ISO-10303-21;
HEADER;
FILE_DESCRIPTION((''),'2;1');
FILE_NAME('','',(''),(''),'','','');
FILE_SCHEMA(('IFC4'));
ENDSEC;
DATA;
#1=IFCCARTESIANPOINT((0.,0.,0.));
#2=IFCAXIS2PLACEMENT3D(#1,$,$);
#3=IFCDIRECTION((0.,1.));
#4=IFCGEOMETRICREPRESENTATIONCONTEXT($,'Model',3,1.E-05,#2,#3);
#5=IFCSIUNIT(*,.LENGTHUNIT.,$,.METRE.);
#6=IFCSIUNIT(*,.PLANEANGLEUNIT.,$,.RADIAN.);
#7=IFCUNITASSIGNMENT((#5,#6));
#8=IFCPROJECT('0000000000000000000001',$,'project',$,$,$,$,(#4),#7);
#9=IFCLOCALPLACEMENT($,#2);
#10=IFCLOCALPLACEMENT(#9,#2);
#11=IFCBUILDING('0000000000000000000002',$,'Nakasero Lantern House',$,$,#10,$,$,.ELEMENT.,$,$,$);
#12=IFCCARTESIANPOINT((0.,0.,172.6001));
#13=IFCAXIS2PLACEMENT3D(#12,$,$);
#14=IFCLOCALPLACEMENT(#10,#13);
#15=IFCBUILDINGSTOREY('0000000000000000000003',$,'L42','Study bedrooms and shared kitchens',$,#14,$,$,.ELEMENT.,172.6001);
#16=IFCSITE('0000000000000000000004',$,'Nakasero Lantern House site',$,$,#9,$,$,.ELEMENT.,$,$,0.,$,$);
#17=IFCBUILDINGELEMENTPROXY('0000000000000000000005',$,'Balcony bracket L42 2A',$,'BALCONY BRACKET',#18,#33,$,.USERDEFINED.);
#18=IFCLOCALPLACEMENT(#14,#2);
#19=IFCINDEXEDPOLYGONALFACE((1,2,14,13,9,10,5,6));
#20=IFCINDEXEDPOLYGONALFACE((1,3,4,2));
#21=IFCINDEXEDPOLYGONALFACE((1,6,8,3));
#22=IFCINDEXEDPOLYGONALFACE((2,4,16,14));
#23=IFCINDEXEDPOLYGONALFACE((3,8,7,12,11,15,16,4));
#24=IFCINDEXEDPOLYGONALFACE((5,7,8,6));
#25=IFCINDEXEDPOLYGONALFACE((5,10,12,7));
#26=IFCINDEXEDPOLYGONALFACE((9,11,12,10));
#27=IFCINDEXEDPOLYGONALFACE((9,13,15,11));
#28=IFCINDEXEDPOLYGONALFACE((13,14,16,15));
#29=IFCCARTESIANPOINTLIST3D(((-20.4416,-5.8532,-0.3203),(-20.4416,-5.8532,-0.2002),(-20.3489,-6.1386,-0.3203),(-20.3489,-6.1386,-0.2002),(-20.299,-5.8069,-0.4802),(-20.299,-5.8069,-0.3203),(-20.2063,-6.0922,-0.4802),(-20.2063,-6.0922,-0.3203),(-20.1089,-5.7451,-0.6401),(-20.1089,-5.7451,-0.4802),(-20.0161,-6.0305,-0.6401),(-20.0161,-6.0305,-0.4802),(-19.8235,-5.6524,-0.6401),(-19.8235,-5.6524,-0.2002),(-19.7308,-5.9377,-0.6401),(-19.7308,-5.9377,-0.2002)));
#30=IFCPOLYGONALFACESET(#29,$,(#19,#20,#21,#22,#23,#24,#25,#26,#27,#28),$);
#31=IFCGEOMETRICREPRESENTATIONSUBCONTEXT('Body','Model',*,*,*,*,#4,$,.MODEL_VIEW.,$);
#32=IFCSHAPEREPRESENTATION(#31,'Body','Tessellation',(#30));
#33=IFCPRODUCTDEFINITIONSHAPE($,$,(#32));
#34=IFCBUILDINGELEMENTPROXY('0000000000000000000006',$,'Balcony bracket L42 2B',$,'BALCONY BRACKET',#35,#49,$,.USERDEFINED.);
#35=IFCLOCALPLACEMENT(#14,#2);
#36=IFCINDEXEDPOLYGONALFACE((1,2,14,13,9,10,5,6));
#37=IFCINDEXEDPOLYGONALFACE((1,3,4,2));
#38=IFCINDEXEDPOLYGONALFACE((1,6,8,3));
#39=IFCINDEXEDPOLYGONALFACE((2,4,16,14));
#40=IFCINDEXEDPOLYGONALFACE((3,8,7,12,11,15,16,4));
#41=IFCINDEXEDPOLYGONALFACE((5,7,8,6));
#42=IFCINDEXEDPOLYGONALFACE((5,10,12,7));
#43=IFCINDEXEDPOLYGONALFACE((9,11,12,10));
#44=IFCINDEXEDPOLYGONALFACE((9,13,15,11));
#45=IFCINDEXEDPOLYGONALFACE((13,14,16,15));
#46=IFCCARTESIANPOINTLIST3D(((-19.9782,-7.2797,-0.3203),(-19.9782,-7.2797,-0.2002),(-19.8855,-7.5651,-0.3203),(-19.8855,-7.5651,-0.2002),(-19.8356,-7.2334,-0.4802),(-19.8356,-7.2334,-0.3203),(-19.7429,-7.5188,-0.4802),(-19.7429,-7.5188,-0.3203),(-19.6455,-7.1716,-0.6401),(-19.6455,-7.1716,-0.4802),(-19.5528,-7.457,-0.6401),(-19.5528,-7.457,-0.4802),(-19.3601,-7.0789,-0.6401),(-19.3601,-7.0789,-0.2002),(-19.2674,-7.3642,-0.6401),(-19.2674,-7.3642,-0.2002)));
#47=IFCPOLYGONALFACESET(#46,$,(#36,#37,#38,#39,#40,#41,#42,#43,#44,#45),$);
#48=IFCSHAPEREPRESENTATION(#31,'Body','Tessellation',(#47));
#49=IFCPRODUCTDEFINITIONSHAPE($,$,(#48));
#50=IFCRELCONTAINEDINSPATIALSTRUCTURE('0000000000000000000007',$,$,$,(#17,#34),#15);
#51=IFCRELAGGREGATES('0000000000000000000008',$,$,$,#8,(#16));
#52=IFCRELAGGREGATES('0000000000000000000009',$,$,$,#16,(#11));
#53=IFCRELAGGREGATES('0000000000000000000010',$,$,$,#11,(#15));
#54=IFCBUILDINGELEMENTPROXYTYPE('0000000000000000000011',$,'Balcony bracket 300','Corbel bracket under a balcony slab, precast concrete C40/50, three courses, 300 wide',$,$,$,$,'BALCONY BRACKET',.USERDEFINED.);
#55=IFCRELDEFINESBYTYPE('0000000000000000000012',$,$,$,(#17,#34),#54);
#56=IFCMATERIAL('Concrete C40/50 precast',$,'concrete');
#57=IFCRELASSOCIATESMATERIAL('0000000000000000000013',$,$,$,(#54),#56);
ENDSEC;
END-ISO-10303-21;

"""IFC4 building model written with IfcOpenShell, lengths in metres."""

from ifc_helpers import new_model, si_unit, direction, frame, origin, place, context, subcontext, project, spatial, polyline, outline, extrude, material, type_object, element, save


model = new_model("IFC4")

# Units and contexts
model_context = context("Model", 3, precision=1e-05, world=origin(), true_north=direction((0.0, 1.0)))
body_context = subcontext(model_context, "Body", "Model", "MODEL_VIEW")
ifc_project = project(units=[si_unit("LENGTHUNIT", "METRE"), si_unit("PLANEANGLEUNIT", "RADIAN")], contexts=[model_context])

# Site, building, storey
site_placement = place(None, origin())
site = spatial("IfcSite", under=ifc_project, at=site_placement, Name="Nakasero Lantern House site", CompositionType="ELEMENT", RefElevation=0.0)
building_placement = place(site_placement, origin())
building = spatial("IfcBuilding", under=site, at=building_placement, Name="Nakasero Lantern House", CompositionType="ELEMENT")
storey_placement = place(building_placement, frame((0.0, 0.0, 172.6001)))
storey = spatial("IfcBuildingStorey", under=building, at=storey_placement, Name="L42", Description="Study bedrooms and shared kitchens", CompositionType="ELEMENT", Elevation=172.6001)

# Building element proxies
ifc_material_1 = material(Name="Concrete C40/50 precast", Category="concrete")
building_element_proxy_type = type_object("IfcBuildingElementProxyType", Name="Balcony bracket 300", Description="Corbel bracket under a balcony slab, precast concrete C40/50, three courses, 300 wide", ElementType="BALCONY BRACKET", PredefinedType="USERDEFINED", material=ifc_material_1)
for number, where, z_axis, x_axis, name in (
    (1, (-19.7771, -5.7952, -0.2002), (0.0, 0.0, 1.0), (-0.951057, -0.309017, 0.0), "Balcony bracket L42 2A"),
    (2, (-19.3137, -7.2217, -0.2002), (0.0, 0.0, 1.0), (-0.951057, -0.309017, 0.0), "Balcony bracket L42 2B"),
):
    element("IfcBuildingElementProxy", number, at=place(storey_placement, frame(where, z_axis=z_axis, x_axis=x_axis)), inside=storey, type_object=building_element_proxy_type, Name=name, ObjectType="BALCONY BRACKET", PredefinedType="USERDEFINED", context=body_context, shape_type="SweptSolid", body=[
        extrude(outline(polyline([(0.0, 0.0), (0.6499, 0.0), (0.6499, -0.1201), (0.5, -0.1201), (0.5, -0.28), (0.3, -0.28), (0.3, -0.4399), (0.0, -0.4399), (0.0, 0.0)])), frame((0.0, 0.1499, 0.0), z_axis=(0.0, -1.0, 0.0), x_axis=(1.0, 0.0, 0.0)), (0.0, 0.0, 1.0), 0.3),
    ])

save(model, "model.ifc")
